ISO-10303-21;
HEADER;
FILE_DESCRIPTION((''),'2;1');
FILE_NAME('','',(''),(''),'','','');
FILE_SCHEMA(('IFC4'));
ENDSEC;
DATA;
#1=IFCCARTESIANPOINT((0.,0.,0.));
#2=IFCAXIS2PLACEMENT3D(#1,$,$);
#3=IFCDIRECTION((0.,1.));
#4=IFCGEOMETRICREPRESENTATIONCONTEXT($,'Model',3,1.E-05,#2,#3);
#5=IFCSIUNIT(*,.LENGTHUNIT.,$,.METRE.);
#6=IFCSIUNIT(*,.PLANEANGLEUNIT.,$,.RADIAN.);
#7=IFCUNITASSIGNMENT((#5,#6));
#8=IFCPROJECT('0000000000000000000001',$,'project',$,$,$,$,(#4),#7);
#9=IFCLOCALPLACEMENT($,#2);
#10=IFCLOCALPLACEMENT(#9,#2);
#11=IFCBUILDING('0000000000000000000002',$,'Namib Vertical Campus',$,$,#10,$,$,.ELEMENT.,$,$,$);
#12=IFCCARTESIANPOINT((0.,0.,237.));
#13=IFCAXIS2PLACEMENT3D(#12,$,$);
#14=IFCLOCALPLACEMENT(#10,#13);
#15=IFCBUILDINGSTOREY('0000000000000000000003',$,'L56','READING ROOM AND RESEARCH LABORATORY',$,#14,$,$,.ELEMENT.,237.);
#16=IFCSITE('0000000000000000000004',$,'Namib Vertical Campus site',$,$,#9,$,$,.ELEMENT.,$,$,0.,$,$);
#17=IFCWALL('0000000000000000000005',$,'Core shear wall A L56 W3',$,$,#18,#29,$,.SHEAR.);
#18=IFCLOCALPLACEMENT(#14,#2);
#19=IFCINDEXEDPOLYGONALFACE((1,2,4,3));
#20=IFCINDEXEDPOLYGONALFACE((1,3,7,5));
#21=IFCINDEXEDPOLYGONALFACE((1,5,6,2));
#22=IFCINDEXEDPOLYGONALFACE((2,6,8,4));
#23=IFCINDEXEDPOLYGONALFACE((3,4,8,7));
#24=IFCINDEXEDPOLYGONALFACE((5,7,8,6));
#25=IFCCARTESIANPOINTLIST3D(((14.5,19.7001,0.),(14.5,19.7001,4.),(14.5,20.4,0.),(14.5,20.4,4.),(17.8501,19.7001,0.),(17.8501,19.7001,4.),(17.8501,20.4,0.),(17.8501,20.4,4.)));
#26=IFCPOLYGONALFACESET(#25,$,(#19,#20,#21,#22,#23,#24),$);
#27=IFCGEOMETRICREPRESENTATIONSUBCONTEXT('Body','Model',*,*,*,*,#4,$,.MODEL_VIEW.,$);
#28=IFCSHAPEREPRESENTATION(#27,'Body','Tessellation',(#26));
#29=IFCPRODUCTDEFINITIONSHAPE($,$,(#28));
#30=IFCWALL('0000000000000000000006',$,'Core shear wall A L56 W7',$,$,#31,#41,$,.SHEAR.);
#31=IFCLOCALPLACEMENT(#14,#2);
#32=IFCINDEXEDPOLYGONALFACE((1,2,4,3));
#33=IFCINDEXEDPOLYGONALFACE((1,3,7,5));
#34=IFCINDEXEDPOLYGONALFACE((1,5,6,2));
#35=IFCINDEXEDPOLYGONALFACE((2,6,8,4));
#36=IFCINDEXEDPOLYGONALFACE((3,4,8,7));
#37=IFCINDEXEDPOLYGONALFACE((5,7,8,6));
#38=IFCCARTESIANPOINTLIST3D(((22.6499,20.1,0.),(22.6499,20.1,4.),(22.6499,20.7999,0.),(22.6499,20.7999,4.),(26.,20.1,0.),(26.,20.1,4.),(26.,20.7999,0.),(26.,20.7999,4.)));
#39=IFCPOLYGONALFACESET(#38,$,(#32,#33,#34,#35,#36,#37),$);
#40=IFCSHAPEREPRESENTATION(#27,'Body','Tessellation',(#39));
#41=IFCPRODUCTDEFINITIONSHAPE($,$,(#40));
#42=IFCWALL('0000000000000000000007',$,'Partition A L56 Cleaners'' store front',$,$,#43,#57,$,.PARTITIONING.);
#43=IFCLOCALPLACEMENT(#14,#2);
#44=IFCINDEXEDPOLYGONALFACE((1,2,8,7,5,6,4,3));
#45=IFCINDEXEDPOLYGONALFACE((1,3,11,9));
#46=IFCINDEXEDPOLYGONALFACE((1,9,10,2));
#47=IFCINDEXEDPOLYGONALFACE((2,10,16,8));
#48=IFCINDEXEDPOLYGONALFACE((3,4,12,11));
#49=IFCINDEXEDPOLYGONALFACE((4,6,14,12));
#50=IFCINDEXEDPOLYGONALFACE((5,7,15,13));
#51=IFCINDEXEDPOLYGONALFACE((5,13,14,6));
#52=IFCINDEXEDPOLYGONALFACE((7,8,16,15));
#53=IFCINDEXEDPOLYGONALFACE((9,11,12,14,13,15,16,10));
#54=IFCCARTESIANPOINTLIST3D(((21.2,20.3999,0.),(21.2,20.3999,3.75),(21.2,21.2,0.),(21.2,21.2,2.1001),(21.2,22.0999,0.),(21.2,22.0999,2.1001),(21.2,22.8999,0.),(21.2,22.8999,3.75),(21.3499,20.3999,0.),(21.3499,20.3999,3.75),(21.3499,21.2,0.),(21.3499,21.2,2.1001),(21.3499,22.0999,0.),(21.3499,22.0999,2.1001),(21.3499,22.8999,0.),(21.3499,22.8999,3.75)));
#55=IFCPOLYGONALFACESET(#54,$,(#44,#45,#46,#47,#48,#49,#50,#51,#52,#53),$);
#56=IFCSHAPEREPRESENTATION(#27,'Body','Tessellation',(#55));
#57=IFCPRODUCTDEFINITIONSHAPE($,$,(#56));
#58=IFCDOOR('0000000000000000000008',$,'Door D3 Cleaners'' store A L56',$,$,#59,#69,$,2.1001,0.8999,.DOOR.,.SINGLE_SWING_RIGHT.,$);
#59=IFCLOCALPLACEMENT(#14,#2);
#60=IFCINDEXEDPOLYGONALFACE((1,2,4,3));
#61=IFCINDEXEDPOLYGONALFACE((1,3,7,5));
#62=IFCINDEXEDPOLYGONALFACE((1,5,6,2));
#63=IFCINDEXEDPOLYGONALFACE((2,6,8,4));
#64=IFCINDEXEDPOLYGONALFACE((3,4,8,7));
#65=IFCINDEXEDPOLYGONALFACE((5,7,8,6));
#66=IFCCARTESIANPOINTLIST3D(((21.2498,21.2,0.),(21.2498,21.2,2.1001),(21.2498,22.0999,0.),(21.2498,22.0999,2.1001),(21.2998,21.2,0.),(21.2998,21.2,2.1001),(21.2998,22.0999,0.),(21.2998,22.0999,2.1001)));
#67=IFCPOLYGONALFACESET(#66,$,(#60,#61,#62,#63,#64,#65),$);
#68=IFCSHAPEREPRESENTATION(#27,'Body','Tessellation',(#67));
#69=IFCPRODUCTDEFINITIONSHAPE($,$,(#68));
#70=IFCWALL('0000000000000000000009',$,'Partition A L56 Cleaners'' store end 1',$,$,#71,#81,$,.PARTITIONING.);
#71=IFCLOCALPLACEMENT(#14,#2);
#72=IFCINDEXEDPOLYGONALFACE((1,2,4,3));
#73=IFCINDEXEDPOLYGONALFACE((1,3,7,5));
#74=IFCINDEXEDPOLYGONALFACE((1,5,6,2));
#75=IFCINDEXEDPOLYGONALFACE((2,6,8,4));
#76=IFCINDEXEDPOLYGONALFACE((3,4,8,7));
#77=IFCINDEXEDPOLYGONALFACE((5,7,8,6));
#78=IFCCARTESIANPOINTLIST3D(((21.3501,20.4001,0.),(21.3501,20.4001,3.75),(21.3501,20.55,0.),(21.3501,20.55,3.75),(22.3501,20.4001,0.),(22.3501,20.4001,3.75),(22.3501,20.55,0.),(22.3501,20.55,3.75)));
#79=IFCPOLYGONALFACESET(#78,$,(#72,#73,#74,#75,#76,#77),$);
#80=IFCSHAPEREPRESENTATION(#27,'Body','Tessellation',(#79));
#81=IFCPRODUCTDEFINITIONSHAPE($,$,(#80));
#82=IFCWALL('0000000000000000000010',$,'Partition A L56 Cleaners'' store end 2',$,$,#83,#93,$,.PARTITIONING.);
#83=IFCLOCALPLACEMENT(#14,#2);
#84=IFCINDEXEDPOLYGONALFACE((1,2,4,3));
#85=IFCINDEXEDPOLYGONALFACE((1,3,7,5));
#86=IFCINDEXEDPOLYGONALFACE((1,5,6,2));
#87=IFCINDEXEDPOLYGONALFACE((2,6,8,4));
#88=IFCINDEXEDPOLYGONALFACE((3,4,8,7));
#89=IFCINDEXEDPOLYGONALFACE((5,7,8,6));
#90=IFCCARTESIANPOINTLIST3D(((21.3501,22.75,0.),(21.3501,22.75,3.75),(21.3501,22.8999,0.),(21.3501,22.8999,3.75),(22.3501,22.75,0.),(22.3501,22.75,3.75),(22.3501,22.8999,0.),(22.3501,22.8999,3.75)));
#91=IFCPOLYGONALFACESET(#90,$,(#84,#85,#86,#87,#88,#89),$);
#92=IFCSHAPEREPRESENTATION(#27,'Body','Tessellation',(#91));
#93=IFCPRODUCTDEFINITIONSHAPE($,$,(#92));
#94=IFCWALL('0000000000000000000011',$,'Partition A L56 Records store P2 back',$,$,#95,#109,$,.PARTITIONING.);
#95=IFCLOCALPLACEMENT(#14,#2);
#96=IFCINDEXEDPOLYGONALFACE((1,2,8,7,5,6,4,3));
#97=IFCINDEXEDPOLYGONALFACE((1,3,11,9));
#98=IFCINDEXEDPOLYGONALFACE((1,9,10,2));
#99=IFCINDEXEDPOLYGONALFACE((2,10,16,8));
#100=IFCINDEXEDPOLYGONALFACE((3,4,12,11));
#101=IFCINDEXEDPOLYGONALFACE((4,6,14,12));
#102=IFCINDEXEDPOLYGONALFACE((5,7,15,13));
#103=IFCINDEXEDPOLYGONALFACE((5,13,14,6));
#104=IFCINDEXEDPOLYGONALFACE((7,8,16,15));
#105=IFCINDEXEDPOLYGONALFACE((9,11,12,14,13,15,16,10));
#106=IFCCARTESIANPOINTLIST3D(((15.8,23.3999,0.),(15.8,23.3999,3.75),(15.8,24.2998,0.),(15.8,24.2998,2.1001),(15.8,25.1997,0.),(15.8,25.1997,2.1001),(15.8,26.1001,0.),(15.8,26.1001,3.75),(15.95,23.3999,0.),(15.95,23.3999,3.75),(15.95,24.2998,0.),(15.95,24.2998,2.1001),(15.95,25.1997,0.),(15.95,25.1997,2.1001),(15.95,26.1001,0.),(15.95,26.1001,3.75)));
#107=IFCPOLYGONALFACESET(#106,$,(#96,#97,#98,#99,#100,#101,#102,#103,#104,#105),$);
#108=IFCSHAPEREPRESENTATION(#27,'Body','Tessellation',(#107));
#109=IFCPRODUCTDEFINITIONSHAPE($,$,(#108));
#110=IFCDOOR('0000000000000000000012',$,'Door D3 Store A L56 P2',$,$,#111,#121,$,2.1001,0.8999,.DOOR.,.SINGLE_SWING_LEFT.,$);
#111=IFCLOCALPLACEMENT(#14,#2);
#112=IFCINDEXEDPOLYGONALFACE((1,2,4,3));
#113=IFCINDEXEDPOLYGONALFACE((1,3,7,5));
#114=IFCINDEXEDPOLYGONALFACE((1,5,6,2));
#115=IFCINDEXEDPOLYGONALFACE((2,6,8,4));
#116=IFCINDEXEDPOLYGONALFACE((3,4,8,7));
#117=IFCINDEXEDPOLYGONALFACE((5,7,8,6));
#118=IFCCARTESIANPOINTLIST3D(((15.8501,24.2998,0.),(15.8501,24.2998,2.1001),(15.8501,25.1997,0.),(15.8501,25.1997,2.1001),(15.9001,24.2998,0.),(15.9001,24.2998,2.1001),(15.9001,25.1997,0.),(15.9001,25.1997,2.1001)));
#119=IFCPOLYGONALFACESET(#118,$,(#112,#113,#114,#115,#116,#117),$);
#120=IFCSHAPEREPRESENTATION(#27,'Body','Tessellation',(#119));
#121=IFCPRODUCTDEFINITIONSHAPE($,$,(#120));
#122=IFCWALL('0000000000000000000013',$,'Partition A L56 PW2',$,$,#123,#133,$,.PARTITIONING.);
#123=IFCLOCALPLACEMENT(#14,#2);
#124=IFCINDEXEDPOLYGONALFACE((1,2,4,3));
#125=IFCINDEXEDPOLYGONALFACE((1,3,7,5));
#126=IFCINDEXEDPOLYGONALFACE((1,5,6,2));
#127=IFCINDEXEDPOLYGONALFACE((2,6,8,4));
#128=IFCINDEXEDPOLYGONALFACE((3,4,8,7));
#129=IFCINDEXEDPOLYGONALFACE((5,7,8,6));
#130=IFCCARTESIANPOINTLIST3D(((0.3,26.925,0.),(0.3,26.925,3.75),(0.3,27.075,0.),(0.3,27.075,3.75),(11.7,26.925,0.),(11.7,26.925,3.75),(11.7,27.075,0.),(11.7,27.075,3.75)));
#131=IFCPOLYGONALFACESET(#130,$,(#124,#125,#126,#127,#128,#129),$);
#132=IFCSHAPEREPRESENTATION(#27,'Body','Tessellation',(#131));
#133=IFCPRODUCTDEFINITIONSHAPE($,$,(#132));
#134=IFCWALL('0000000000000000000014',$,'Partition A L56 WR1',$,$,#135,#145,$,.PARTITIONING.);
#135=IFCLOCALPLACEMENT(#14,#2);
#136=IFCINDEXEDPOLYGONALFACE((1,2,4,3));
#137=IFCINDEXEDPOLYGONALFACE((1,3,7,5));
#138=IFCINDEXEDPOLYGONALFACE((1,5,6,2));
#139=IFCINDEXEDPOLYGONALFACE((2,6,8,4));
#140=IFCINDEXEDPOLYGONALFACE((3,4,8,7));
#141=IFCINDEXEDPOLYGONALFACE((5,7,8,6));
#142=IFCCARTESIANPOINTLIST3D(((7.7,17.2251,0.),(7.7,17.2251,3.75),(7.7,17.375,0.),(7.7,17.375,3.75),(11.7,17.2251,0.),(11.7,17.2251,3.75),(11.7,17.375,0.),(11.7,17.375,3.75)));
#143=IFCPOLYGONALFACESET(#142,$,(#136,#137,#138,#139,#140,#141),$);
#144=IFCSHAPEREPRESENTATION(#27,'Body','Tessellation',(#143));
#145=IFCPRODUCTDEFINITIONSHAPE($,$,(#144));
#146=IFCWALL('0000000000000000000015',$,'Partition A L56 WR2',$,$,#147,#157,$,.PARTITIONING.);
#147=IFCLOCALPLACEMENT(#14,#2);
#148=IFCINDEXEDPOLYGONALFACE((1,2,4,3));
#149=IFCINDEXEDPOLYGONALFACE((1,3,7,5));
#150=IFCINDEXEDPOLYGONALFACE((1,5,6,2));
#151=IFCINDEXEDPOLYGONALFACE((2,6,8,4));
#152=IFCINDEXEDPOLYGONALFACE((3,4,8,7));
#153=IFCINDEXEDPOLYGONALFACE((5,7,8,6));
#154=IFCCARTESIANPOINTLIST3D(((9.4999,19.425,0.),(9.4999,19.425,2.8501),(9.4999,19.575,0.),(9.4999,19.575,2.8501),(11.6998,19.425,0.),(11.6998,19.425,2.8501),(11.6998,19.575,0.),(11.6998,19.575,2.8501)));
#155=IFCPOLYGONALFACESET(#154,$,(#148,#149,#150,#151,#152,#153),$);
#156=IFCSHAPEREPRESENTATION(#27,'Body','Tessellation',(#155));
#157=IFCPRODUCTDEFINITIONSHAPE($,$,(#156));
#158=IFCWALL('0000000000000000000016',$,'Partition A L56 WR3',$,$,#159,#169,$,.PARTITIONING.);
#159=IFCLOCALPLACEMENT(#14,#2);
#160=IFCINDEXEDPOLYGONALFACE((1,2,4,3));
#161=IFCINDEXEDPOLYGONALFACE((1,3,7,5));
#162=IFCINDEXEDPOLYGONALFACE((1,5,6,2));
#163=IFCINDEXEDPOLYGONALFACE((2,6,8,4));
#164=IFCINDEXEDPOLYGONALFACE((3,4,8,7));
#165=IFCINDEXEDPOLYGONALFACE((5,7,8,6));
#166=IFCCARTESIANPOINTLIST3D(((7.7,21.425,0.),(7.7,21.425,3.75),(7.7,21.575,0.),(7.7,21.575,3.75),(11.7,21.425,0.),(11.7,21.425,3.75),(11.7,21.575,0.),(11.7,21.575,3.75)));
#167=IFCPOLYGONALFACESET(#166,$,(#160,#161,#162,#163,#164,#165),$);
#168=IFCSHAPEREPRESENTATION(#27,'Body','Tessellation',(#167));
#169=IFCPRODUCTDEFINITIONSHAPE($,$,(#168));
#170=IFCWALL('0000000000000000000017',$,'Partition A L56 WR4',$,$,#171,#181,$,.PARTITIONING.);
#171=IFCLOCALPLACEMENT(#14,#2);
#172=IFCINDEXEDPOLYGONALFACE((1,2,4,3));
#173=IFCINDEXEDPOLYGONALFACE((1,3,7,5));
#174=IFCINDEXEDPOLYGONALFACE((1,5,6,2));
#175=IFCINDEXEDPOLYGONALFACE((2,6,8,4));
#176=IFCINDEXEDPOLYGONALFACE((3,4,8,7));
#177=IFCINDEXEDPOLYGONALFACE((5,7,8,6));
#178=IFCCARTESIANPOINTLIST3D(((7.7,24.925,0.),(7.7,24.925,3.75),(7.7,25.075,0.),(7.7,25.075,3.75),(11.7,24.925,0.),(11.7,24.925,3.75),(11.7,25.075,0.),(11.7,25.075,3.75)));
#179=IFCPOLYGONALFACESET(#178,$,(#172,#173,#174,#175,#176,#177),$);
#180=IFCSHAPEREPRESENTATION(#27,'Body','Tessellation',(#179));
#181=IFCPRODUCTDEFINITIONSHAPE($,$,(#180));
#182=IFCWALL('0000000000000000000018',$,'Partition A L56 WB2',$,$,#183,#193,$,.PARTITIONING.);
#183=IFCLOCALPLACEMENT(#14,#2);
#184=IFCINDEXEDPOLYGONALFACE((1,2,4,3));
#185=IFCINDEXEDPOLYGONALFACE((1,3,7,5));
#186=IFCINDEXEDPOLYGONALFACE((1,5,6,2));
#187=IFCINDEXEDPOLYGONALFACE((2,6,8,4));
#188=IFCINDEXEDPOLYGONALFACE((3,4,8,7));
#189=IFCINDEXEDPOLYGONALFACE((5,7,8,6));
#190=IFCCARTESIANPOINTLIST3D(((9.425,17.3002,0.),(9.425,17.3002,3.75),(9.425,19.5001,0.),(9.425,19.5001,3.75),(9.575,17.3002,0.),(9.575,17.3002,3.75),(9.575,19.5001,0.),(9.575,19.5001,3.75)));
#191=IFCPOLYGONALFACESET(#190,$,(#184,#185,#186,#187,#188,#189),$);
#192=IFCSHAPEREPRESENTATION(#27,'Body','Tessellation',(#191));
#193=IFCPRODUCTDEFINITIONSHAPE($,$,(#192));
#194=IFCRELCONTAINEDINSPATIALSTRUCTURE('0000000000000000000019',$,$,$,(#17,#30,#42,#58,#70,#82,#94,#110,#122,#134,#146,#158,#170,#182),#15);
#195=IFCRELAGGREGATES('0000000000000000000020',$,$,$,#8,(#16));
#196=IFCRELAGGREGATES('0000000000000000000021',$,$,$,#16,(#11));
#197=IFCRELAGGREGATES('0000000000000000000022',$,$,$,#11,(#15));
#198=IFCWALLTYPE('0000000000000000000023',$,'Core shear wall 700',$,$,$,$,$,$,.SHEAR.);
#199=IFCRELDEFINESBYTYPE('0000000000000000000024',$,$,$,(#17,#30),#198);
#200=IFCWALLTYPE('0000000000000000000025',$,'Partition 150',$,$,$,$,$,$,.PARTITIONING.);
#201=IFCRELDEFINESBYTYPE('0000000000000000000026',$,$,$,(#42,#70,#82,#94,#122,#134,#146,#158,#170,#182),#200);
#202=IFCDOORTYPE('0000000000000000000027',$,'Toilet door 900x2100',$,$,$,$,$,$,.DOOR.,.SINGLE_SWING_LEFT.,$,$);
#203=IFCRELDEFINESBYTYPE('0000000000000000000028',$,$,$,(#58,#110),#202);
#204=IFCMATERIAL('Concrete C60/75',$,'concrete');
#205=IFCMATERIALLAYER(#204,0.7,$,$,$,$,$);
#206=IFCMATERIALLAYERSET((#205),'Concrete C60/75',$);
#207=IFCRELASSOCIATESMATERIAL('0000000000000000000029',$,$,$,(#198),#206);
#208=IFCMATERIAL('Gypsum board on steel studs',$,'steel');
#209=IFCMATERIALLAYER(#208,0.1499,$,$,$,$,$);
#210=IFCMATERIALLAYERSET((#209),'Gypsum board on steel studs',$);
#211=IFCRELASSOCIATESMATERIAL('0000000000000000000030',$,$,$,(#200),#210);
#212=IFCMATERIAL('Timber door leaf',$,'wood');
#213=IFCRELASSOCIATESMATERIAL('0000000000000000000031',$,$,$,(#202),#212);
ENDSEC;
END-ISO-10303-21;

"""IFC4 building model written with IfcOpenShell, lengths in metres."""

from ifc_helpers import new_model, si_unit, direction, frame, frame_2d, origin, place, context, subcontext, project, spatial, rectangle, extrude, material, layer, layer_set, type_object, element, fill, save


model = new_model("IFC4")

# Units and contexts
model_context = context("Model", 3, precision=1e-05, world=origin(), true_north=direction((0.0, 1.0)))
body_context = subcontext(model_context, "Body", "Model", "MODEL_VIEW")
ifc_project = project(units=[si_unit("LENGTHUNIT", "METRE"), si_unit("PLANEANGLEUNIT", "RADIAN")], contexts=[model_context])

# Site, building, storey
site_placement = place(None, origin())
site = spatial("IfcSite", under=ifc_project, at=site_placement, Name="Namib Vertical Campus site", CompositionType="ELEMENT", RefElevation=0.0)
building_placement = place(site_placement, origin())
building = spatial("IfcBuilding", under=site, at=building_placement, Name="Namib Vertical Campus", CompositionType="ELEMENT")
storey_placement = place(building_placement, frame((0.0, 0.0, 237.0)))
storey = spatial("IfcBuildingStorey", under=building, at=storey_placement, Name="L56", Description="READING ROOM AND RESEARCH LABORATORY", CompositionType="ELEMENT", Elevation=237.0)

# Walls
ifc_material_1 = material(Name="Concrete C60/75", Category="concrete")
ifc_layer_1 = layer(ifc_material_1, 0.7)
ifc_layer_set_1 = layer_set([ifc_layer_1], Name="Concrete C60/75")
wall_type_1 = type_object("IfcWallType", Name="Core shear wall 700", PredefinedType="SHEAR", material=ifc_layer_set_1)
for number, where, z_axis, x_axis, name in (
    (1, (14.5, 20.05, 0.0), (0.0, 0.0, 1.0), (1.0, 0.0, 0.0), "Core shear wall A L56 W3"),
    (2, (22.6499, 20.45, 0.0), (0.0, 0.0, 1.0), (1.0, 0.0, 0.0), "Core shear wall A L56 W7"),
):
    element("IfcWall", number, at=place(storey_placement, frame(where, z_axis=z_axis, x_axis=x_axis)), inside=storey, type_object=wall_type_1, Name=name, PredefinedType="SHEAR", context=body_context, shape_type="SweptSolid", body=[
        extrude(rectangle(XDim=3.3501, YDim=0.7, at=frame_2d((1.675, 0.0))), origin(), (0.0, 0.0, 1.0), 4.0),
    ])

# Wall, opening, door
ifc_material_2 = material(Name="Gypsum board on steel studs", Category="steel")
ifc_layer_2 = layer(ifc_material_2, 0.1499)
ifc_layer_set_2 = layer_set([ifc_layer_2], Name="Gypsum board on steel studs")
wall_type_2 = type_object("IfcWallType", Name="Partition 150", PredefinedType="PARTITIONING", material=ifc_layer_set_2)
wall_1_placement = place(storey_placement, frame((21.2749, 20.3999, 0.0), z_axis=(0.0, 0.0, 1.0), x_axis=(0.0, 1.0, 0.0)))
wall_1 = element("IfcWall", 3, at=wall_1_placement, inside=storey, type_object=wall_type_2, Name="Partition A L56 Cleaners' store front", PredefinedType="PARTITIONING", context=body_context, shape_type="SweptSolid", body=[
    extrude(rectangle(XDim=2.5, YDim=0.1499, at=frame_2d((1.25, 0.0))), origin(), (0.0, 0.0, 1.0), 3.75),
])
opening_1_placement = place(wall_1_placement, frame((0.8, 0.0, 0.0)))
opening_1 = element("IfcOpeningElement", 4, at=opening_1_placement, cuts=wall_1, PredefinedType="OPENING", context=body_context, shape_type="SweptSolid", body=[
    extrude(rectangle(XDim=0.8999, YDim=2.1001, at=frame_2d((0.45, 1.05))), frame((0.0, 0.085, 0.0), z_axis=(0.0, -1.0, 0.0), x_axis=(1.0, 0.0, 0.0)), (0.0, 0.0, 1.0), 0.1699),
])
ifc_material_3 = material(Name="Timber door leaf", Category="wood")
door_type = type_object("IfcDoorType", Name="Toilet door 900x2100", OperationType="SINGLE_SWING_LEFT", PredefinedType="DOOR", material=ifc_material_3)
door_1_placement = place(opening_1_placement, frame((0.8999, 0.0, 0.0), z_axis=(0.0, 0.0, 1.0), x_axis=(-1.0, 0.0, 0.0)))
door_1 = element("IfcDoor", 5, at=door_1_placement, inside=storey, type_object=door_type, Name="Door D3 Cleaners' store A L56", OperationType="SINGLE_SWING_RIGHT", OverallHeight=2.1001, OverallWidth=0.8999, PredefinedType="DOOR", context=body_context, shape_type="SweptSolid", body=[
    extrude(rectangle(XDim=0.8999, YDim=2.1001, at=frame_2d((0.45, 1.05))), frame((0.0, 0.0249, 0.0), z_axis=(0.0, -1.0, 0.0), x_axis=(1.0, 0.0, 0.0)), (0.0, 0.0, 1.0), 0.05),
])
fill(opening_1, door_1)

# Walls
for number, where, z_axis, x_axis, name in (
    (6, (21.3501, 20.4751, 0.0), (0.0, 0.0, 1.0), (1.0, 0.0, 0.0), "Partition A L56 Cleaners' store end 1"),
    (7, (21.3501, 22.825, 0.0), (0.0, 0.0, 1.0), (1.0, 0.0, 0.0), "Partition A L56 Cleaners' store end 2"),
):
    element("IfcWall", number, at=place(storey_placement, frame(where, z_axis=z_axis, x_axis=x_axis)), inside=storey, type_object=wall_type_2, Name=name, PredefinedType="PARTITIONING", context=body_context, shape_type="SweptSolid", body=[
        extrude(rectangle(XDim=1.0, YDim=0.1499, at=frame_2d((0.5, 0.0))), origin(), (0.0, 0.0, 1.0), 3.75),
    ])

# Wall, opening, door
wall_2_placement = place(storey_placement, frame((15.875, 23.3999, 0.0), z_axis=(0.0, 0.0, 1.0), x_axis=(0.0, 1.0, 0.0)))
wall_2 = element("IfcWall", 8, at=wall_2_placement, inside=storey, type_object=wall_type_2, Name="Partition A L56 Records store P2 back", PredefinedType="PARTITIONING", context=body_context, shape_type="SweptSolid", body=[
    extrude(rectangle(XDim=2.7002, YDim=0.1499, at=frame_2d((1.3501, 0.0))), origin(), (0.0, 0.0, 1.0), 3.75),
])
opening_2_placement = place(wall_2_placement, frame((0.8999, 0.0, 0.0)))
opening_2 = element("IfcOpeningElement", 9, at=opening_2_placement, cuts=wall_2, PredefinedType="OPENING", context=body_context, shape_type="SweptSolid", body=[
    extrude(rectangle(XDim=0.8999, YDim=2.1001, at=frame_2d((0.45, 1.05))), frame((0.0, 0.085, 0.0), z_axis=(0.0, -1.0, 0.0), x_axis=(1.0, 0.0, 0.0)), (0.0, 0.0, 1.0), 0.1699),
])
door_2_placement = place(opening_2_placement, origin())
door_2 = element("IfcDoor", 10, at=door_2_placement, inside=storey, type_object=door_type, Name="Door D3 Store A L56 P2", OperationType="SINGLE_SWING_LEFT", OverallHeight=2.1001, OverallWidth=0.8999, PredefinedType="DOOR", context=body_context, shape_type="SweptSolid", body=[
    extrude(rectangle(XDim=0.8999, YDim=2.1001, at=frame_2d((0.45, 1.05))), frame((0.0, 0.0249, 0.0), z_axis=(0.0, -1.0, 0.0), x_axis=(1.0, 0.0, 0.0)), (0.0, 0.0, 1.0), 0.05),
])
fill(opening_2, door_2)

# Walls
wall_3_placement = place(storey_placement, frame((0.3, 27.0, 0.0), z_axis=(0.0, 0.0, 1.0), x_axis=(1.0, 0.0, 0.0)))
element("IfcWall", 11, at=wall_3_placement, inside=storey, type_object=wall_type_2, Name="Partition A L56 PW2", PredefinedType="PARTITIONING", context=body_context, shape_type="SweptSolid", body=[
    extrude(rectangle(XDim=11.3999, YDim=0.1499, at=frame_2d((5.7, 0.0))), origin(), (0.0, 0.0, 1.0), 3.75),
])
wall_4_placement = place(storey_placement, frame((11.7, 17.3, 0.0), z_axis=(0.0, 0.0, 1.0), x_axis=(-1.0, 0.0, 0.0)))
element("IfcWall", 12, at=wall_4_placement, inside=storey, type_object=wall_type_2, Name="Partition A L56 WR1", PredefinedType="PARTITIONING", context=body_context, shape_type="SweptSolid", body=[
    extrude(rectangle(XDim=4.0, YDim=0.1499, at=frame_2d((2.0, 0.0))), origin(), (0.0, 0.0, 1.0), 3.75),
])
wall_5_placement = place(storey_placement, frame((11.7, 19.5, 0.0), z_axis=(0.0, 0.0, 1.0), x_axis=(-1.0, 0.0, 0.0)))
element("IfcWall", 13, at=wall_5_placement, inside=storey, type_object=wall_type_2, Name="Partition A L56 WR2", PredefinedType="PARTITIONING", context=body_context, shape_type="SweptSolid", body=[
    extrude(rectangle(XDim=2.2, YDim=0.1499, at=frame_2d((1.1001, 0.0))), origin(), (0.0, 0.0, 1.0), 2.8501),
])
for number, where, z_axis, x_axis, name in (
    (14, (11.7, 21.5, 0.0), (0.0, 0.0, 1.0), (-1.0, 0.0, 0.0), "Partition A L56 WR3"),
    (15, (11.7, 25.0, 0.0), (0.0, 0.0, 1.0), (-1.0, 0.0, 0.0), "Partition A L56 WR4"),
):
    element("IfcWall", number, at=place(storey_placement, frame(where, z_axis=z_axis, x_axis=x_axis)), inside=storey, type_object=wall_type_2, Name=name, PredefinedType="PARTITIONING", context=body_context, shape_type="SweptSolid", body=[
        extrude(rectangle(XDim=4.0, YDim=0.1499, at=frame_2d((2.0, 0.0))), origin(), (0.0, 0.0, 1.0), 3.75),
    ])
wall_6_placement = place(storey_placement, frame((9.5, 17.3, 0.0), z_axis=(0.0, 0.0, 1.0), x_axis=(0.0, 1.0, 0.0)))
element("IfcWall", 16, at=wall_6_placement, inside=storey, type_object=wall_type_2, Name="Partition A L56 WB2", PredefinedType="PARTITIONING", context=body_context, shape_type="SweptSolid", body=[
    extrude(rectangle(XDim=2.2, YDim=0.1499, at=frame_2d((1.1001, 0.0))), origin(), (0.0, 0.0, 1.0), 3.75),
])

save(model, "model.ifc")
